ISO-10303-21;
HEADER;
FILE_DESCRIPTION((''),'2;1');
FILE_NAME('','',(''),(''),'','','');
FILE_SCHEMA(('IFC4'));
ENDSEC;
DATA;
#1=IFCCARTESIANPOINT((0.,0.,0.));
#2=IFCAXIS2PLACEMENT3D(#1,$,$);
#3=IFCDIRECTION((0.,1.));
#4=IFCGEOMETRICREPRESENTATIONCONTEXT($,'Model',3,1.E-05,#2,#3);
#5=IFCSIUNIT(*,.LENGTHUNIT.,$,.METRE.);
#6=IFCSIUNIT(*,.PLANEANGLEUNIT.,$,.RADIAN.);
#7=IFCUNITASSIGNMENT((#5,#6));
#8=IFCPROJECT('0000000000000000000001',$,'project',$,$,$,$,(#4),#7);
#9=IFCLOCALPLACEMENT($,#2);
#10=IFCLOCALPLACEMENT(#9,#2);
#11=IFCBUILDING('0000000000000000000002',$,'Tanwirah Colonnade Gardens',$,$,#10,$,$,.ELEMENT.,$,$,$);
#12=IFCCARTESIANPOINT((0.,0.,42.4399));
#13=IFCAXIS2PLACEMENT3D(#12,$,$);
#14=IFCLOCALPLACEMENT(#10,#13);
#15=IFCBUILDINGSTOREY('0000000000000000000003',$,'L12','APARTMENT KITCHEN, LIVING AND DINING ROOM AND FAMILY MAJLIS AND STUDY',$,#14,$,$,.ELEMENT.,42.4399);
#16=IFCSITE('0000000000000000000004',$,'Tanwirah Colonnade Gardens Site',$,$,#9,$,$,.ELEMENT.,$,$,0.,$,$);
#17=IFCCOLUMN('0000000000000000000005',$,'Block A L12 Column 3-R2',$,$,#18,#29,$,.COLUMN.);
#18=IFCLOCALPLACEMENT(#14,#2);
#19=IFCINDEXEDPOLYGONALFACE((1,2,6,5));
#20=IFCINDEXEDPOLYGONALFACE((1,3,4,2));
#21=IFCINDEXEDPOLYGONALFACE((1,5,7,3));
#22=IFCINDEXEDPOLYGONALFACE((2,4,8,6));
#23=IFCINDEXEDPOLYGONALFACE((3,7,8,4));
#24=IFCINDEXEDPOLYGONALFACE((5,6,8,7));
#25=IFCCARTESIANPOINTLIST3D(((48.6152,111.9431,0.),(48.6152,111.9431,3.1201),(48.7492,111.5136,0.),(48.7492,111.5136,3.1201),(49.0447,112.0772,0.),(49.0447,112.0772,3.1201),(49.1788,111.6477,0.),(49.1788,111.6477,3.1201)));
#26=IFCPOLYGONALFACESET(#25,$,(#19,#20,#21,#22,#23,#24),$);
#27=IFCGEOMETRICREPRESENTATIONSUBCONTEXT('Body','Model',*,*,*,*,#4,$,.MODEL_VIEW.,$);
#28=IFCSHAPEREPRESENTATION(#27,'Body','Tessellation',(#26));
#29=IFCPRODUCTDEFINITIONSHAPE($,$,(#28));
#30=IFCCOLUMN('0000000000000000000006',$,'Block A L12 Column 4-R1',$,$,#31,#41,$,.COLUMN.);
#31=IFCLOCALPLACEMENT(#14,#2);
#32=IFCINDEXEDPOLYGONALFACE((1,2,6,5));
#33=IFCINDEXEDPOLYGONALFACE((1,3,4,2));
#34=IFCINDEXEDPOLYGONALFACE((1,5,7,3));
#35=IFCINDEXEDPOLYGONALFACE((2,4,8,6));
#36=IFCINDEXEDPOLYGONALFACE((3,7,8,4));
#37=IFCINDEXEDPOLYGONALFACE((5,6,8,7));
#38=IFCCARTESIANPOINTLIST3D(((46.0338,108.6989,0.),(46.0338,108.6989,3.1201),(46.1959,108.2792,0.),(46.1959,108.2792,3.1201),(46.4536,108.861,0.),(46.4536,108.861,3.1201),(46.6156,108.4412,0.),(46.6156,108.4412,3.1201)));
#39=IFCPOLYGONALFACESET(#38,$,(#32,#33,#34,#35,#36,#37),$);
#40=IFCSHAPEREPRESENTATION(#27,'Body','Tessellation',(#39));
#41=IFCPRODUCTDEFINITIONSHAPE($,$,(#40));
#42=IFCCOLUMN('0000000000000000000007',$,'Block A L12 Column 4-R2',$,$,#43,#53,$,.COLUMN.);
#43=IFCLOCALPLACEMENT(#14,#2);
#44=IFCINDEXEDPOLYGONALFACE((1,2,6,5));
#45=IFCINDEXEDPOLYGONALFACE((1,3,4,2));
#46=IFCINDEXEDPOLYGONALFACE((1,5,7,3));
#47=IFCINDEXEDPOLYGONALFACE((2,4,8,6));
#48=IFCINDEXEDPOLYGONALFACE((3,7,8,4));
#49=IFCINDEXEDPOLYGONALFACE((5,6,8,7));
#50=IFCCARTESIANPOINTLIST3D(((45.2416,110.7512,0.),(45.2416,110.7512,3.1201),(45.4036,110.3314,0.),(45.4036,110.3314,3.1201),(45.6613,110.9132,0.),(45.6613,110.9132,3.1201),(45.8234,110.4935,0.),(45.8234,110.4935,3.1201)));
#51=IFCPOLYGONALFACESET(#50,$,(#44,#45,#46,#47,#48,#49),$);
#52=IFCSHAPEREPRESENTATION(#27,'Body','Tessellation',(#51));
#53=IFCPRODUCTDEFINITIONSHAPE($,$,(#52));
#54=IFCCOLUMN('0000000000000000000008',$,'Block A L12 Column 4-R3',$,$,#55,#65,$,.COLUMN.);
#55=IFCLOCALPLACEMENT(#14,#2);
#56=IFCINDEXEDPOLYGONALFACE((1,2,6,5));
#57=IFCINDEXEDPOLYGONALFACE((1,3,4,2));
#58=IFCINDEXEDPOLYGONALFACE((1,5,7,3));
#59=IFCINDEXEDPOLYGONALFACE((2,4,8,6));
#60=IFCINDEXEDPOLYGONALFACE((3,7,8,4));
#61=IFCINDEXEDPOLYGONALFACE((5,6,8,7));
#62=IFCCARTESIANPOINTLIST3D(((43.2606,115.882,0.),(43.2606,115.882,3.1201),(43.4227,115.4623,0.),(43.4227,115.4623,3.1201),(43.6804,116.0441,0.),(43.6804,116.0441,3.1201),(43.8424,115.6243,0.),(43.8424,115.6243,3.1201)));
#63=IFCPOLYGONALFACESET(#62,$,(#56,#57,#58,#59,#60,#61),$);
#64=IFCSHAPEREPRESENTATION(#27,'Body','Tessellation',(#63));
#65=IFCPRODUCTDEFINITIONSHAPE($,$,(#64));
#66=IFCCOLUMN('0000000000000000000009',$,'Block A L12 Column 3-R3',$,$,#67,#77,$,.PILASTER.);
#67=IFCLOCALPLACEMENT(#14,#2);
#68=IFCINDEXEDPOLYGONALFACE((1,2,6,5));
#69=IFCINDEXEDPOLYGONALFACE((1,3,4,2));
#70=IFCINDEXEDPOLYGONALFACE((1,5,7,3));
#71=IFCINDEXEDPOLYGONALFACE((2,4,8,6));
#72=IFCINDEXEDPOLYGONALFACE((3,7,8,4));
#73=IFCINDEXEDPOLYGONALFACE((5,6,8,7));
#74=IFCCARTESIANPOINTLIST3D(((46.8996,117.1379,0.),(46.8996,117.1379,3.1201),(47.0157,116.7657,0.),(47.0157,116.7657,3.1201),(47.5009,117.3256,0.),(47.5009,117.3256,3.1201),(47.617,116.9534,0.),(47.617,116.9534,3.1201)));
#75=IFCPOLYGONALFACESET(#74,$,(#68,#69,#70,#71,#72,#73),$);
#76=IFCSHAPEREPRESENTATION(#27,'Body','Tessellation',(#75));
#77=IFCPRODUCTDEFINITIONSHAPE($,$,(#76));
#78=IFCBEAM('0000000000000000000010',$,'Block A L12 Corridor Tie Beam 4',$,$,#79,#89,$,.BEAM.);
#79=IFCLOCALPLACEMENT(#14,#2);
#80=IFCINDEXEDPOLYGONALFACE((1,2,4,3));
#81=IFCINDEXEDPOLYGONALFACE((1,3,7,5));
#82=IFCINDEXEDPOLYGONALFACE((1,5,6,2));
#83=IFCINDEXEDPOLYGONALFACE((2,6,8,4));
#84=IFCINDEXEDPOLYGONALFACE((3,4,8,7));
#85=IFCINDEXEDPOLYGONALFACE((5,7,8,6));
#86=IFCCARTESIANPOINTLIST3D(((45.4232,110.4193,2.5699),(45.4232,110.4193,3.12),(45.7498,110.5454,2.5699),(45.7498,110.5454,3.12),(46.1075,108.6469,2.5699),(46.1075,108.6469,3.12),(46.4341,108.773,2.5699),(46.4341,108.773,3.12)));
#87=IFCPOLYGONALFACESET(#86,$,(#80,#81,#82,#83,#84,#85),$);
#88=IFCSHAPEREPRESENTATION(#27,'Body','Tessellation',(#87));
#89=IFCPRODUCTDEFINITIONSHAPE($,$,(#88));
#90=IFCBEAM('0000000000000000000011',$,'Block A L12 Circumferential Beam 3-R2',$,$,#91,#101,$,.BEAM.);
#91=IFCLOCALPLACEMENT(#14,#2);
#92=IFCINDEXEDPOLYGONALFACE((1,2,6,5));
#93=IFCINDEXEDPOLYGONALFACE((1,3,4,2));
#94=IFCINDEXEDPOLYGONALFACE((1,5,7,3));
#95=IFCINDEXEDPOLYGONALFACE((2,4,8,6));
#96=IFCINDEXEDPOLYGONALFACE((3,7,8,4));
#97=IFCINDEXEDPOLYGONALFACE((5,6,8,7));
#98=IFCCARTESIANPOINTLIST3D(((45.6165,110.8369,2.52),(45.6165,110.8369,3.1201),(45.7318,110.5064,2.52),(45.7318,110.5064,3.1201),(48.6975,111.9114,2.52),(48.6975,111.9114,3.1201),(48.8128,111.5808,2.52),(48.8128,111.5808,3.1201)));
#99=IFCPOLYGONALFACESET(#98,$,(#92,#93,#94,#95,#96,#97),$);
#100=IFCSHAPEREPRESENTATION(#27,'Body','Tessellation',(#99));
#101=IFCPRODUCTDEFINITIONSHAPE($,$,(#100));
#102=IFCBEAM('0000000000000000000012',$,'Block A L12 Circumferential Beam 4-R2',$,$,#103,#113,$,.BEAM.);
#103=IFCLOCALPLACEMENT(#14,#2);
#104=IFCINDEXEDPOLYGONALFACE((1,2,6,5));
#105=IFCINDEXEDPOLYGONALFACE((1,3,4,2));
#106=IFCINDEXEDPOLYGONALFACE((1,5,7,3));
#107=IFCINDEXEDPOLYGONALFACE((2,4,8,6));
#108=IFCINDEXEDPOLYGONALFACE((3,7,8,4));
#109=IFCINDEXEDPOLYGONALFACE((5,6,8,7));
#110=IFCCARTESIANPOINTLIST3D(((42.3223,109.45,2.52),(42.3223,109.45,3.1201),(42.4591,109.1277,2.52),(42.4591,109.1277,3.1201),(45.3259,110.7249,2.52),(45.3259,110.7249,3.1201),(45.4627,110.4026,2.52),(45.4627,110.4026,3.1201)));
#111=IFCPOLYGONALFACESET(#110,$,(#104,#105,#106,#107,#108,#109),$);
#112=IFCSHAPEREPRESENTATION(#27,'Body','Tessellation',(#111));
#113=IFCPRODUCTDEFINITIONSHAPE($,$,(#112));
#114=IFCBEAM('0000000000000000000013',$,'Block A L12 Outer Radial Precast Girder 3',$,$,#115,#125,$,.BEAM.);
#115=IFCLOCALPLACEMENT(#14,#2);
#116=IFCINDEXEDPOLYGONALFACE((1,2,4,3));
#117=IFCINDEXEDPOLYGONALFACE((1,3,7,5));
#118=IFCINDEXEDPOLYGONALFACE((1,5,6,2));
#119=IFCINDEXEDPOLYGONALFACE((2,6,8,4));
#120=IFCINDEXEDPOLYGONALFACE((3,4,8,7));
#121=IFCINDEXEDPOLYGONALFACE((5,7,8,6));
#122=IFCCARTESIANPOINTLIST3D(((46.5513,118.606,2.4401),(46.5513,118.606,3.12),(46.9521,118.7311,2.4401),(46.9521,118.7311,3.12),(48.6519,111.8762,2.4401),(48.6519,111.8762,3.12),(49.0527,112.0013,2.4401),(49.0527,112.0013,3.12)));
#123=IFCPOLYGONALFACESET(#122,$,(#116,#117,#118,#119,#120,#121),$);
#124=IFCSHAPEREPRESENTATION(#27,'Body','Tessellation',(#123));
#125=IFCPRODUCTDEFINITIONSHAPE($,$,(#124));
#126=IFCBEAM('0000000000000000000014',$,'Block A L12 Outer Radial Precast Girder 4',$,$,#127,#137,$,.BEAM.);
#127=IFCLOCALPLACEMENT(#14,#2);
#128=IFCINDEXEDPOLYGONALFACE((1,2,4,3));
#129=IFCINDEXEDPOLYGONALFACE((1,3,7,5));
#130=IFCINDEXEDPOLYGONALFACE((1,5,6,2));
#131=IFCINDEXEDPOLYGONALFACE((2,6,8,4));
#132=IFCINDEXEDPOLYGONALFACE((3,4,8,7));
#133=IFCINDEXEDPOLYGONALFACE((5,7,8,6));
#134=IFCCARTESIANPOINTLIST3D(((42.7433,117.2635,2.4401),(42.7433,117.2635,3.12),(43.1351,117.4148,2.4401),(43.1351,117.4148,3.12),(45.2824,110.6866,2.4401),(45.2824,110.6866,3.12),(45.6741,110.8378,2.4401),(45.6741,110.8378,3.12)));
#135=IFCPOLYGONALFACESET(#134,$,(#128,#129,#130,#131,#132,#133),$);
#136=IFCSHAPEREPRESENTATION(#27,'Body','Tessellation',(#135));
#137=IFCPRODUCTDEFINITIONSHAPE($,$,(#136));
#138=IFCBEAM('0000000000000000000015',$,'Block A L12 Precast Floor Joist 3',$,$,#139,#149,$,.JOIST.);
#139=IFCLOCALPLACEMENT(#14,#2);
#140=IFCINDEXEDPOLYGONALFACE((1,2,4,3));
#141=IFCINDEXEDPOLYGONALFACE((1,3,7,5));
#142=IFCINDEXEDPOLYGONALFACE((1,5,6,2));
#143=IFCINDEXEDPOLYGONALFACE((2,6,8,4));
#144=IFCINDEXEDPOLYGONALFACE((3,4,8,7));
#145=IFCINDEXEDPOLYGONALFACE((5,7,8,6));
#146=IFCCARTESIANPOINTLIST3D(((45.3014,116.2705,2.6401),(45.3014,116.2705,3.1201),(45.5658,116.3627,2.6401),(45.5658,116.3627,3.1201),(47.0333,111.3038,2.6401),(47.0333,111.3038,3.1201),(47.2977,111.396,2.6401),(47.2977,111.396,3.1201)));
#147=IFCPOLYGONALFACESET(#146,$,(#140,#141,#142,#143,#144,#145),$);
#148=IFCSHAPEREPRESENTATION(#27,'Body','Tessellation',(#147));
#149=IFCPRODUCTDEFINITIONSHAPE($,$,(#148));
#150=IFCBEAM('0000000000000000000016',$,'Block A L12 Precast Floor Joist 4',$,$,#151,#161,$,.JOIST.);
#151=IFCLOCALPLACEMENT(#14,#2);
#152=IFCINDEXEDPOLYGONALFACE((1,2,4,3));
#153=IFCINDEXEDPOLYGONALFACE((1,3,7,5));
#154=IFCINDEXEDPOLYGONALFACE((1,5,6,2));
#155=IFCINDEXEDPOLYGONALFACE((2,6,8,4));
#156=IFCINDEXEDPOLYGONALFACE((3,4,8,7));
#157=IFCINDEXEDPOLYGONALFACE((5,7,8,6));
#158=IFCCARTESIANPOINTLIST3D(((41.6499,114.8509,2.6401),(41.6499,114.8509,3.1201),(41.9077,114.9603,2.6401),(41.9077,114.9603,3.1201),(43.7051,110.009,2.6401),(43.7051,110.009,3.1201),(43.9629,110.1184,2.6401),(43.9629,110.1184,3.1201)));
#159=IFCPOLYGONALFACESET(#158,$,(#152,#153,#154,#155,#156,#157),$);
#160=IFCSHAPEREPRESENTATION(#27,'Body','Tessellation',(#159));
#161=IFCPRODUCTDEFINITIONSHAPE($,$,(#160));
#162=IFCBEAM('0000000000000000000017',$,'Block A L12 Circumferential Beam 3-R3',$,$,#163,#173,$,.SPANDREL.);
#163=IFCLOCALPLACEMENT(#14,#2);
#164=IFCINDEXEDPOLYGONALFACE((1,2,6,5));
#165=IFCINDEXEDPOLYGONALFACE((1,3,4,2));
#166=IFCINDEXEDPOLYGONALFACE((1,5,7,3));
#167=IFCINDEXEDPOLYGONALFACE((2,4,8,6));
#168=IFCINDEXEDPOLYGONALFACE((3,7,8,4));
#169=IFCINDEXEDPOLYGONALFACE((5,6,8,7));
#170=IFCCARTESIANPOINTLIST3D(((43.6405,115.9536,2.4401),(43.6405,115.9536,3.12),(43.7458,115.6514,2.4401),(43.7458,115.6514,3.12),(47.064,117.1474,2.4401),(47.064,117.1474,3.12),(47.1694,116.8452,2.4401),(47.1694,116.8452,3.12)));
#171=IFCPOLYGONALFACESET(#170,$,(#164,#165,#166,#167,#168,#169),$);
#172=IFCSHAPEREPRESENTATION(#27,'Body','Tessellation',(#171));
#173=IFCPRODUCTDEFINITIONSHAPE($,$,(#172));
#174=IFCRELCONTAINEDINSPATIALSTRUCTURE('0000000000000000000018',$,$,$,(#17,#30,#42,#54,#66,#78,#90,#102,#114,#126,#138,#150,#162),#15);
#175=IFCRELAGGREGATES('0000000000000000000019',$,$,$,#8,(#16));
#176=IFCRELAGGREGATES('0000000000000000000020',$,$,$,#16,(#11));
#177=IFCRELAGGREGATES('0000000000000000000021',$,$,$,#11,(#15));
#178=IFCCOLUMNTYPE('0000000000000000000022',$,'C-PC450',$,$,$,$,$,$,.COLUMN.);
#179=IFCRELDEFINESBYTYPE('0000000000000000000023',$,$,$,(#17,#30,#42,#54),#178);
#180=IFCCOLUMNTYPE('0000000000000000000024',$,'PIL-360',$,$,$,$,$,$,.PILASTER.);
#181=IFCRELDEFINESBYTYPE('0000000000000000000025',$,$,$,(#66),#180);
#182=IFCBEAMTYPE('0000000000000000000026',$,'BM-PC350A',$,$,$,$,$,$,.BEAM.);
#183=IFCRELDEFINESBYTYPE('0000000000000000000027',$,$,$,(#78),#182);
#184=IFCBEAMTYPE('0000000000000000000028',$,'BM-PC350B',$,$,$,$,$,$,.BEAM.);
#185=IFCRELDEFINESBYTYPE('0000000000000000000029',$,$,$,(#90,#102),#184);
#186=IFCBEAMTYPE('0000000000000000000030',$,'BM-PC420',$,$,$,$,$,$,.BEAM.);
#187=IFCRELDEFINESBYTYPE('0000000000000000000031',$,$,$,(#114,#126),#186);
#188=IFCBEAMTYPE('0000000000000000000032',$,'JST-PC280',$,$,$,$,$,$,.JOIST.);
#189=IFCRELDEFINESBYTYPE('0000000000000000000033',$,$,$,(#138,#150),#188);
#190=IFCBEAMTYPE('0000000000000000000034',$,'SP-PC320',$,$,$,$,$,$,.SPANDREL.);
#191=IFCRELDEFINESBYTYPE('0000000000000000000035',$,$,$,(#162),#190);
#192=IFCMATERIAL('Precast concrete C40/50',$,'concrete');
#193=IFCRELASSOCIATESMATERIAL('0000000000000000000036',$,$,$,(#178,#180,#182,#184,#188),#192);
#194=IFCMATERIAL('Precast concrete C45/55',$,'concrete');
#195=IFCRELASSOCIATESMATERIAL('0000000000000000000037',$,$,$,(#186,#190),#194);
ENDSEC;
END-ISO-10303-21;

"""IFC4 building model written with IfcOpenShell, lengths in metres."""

from ifc_helpers import new_model, si_unit, direction, frame, origin, origin_2d, place, context, subcontext, project, spatial, rectangle, extrude, material, material_profile, profile_set, type_object, element, save


model = new_model("IFC4")

# Units and contexts
model_context = context("Model", 3, precision=1e-05, world=origin(), true_north=direction((0.0, 1.0)))
body_context = subcontext(model_context, "Body", "Model", "MODEL_VIEW")
ifc_project = project(units=[si_unit("LENGTHUNIT", "METRE"), si_unit("PLANEANGLEUNIT", "RADIAN")], contexts=[model_context])

# Site, building, storey
site_placement = place(None, origin())
site = spatial("IfcSite", under=ifc_project, at=site_placement, Name="Tanwirah Colonnade Gardens Site", CompositionType="ELEMENT", RefElevation=0.0)
building_placement = place(site_placement, origin())
building = spatial("IfcBuilding", under=site, at=building_placement, Name="Tanwirah Colonnade Gardens", CompositionType="ELEMENT")
storey_placement = place(building_placement, frame((0.0, 0.0, 42.4399)))
storey = spatial("IfcBuildingStorey", under=building, at=storey_placement, Name="L12", Description="APARTMENT KITCHEN, LIVING AND DINING ROOM AND FAMILY MAJLIS AND STUDY", CompositionType="ELEMENT", Elevation=42.4399)

# Columns
ifc_material_1 = material(Name="Precast concrete C40/50", Category="concrete")
ifc_material_profile_1 = material_profile(ifc_material_1, rectangle(XDim=0.45, YDim=0.45, at=origin_2d()), Name="PC-COL 450x450")
ifc_profile_set_1 = profile_set([ifc_material_profile_1], Name="Precast concrete C40/50")
column_type_1 = type_object("IfcColumnType", Name="C-PC450", PredefinedType="COLUMN", material=ifc_profile_set_1)
for number, where, z_axis, x_axis, name in (
    (1, (48.897, 111.7954, 0.0), (0.0, 0.0, 1.0), (-0.29793, 0.954588, 0.0), "Block A L12 Column 3-R2"),
    (2, (46.3247, 108.5701, 0.0), (0.0, 0.0, 1.0), (-0.360178, 0.932884, 0.0), "Block A L12 Column 4-R1"),
    (3, (45.5325, 110.6223, 0.0), (0.0, 0.0, 1.0), (-0.360178, 0.932884, 0.0), "Block A L12 Column 4-R2"),
    (4, (43.5515, 115.7532, 0.0), (0.0, 0.0, 1.0), (-0.360178, 0.932884, 0.0), "Block A L12 Column 4-R3"),
):
    element("IfcColumn", number, at=place(storey_placement, frame(where, z_axis=z_axis, x_axis=x_axis)), inside=storey, type_object=column_type_1, Name=name, PredefinedType="COLUMN", context=body_context, shape_type="SweptSolid", body=[
        extrude(rectangle(XDim=0.45, YDim=0.45, at=origin_2d()), origin(), (0.0, 0.0, 1.0), 3.1201),
    ])
ifc_material_profile_2 = material_profile(ifc_material_1, rectangle(XDim=0.3899, YDim=0.6299, at=origin_2d()), Name="PC-PIL 390x630")
ifc_profile_set_2 = profile_set([ifc_material_profile_2], Name="Precast concrete C40/50")
column_type_2 = type_object("IfcColumnType", Name="PIL-360", PredefinedType="PILASTER", material=ifc_profile_set_2)
column_placement = place(storey_placement, frame((47.2583, 117.0457, 0.0), z_axis=(0.0, 0.0, 1.0), x_axis=(-0.29793, 0.954588, 0.0)))
element("IfcColumn", 5, at=column_placement, inside=storey, type_object=column_type_2, Name="Block A L12 Column 3-R3", PredefinedType="PILASTER", context=body_context, shape_type="SweptSolid", body=[
    extrude(rectangle(XDim=0.3899, YDim=0.6299, at=origin_2d()), origin(), (0.0, 0.0, 1.0), 3.1201),
])

# Beams
ifc_material_profile_3 = material_profile(ifc_material_1, rectangle(XDim=0.3501, YDim=0.55, at=origin_2d()), Name="PC-BM 350x550")
ifc_profile_set_3 = profile_set([ifc_material_profile_3], Name="Precast concrete C40/50")
beam_type_1 = type_object("IfcBeamType", Name="BM-PC350A", PredefinedType="BEAM", material=ifc_profile_set_3)
beam_1_placement = place(storey_placement, frame((46.2708, 108.71, 2.845), z_axis=(-0.360176, 0.932885, 0.0), x_axis=(-0.932885, -0.360176, 0.0)))
element("IfcBeam", 6, at=beam_1_placement, inside=storey, type_object=beam_type_1, Name="Block A L12 Corridor Tie Beam 4", PredefinedType="BEAM", context=body_context, shape_type="SweptSolid", body=[
    extrude(rectangle(XDim=0.3501, YDim=0.55, at=origin_2d()), origin(), (0.0, 0.0, 1.0), 1.8999),
])
ifc_material_profile_4 = material_profile(ifc_material_1, rectangle(XDim=0.3501, YDim=0.6001, at=origin_2d()), Name="PC-BM 350x600")
ifc_profile_set_4 = profile_set([ifc_material_profile_4], Name="Precast concrete C40/50")
beam_type_2 = type_object("IfcBeamType", Name="BM-PC350B", PredefinedType="BEAM", material=ifc_profile_set_4)
for number, where, z_axis, x_axis, name in (
    (7, (48.7551, 111.7461, 2.8201), (-0.944231, -0.329284, 0.0), (0.329284, -0.944231, 0.0), "Block A L12 Circumferential Beam 3-R2"),
    (8, (45.3943, 110.5637, 2.8201), (-0.920513, -0.390711, 0.0), (0.390711, -0.920513, 0.0), "Block A L12 Circumferential Beam 4-R2"),
):
    element("IfcBeam", number, at=place(storey_placement, frame(where, z_axis=z_axis, x_axis=x_axis)), inside=storey, type_object=beam_type_2, Name=name, PredefinedType="BEAM", context=body_context, shape_type="SweptSolid", body=[
        extrude(rectangle(XDim=0.3501, YDim=0.6001, at=origin_2d()), origin(), (0.0, 0.0, 1.0), 3.2629),
    ])
ifc_material_2 = material(Name="Precast concrete C45/55", Category="concrete")
ifc_material_profile_5 = material_profile(ifc_material_2, rectangle(XDim=0.4199, YDim=0.6799, at=origin_2d()), Name="PC-BM 420x680")
ifc_profile_set_5 = profile_set([ifc_material_profile_5], Name="Precast concrete C45/55")
beam_type_3 = type_object("IfcBeamType", Name="BM-PC420", PredefinedType="BEAM", material=ifc_profile_set_5)
for number, where, z_axis, x_axis, name in (
    (9, (48.8523, 111.9387, 2.78), (-0.297958, 0.954579, 0.0), (-0.954579, -0.297958, 0.0), "Block A L12 Outer Radial Precast Girder 3"),
    (10, (45.4783, 110.7622, 2.78), (-0.360151, 0.932894, 0.0), (-0.932894, -0.360151, 0.0), "Block A L12 Outer Radial Precast Girder 4"),
):
    element("IfcBeam", number, at=place(storey_placement, frame(where, z_axis=z_axis, x_axis=x_axis)), inside=storey, type_object=beam_type_3, Name=name, PredefinedType="BEAM", context=body_context, shape_type="SweptSolid", body=[
        extrude(rectangle(XDim=0.4199, YDim=0.6799, at=origin_2d()), origin(), (0.0, 0.0, 1.0), 7.05),
    ])
ifc_material_profile_6 = material_profile(ifc_material_1, rectangle(XDim=0.28, YDim=0.48, at=origin_2d()), Name="PC-JST 280x480")
ifc_profile_set_6 = profile_set([ifc_material_profile_6], Name="Precast concrete C40/50")
beam_type_4 = type_object("IfcBeamType", Name="JST-PC280", PredefinedType="JOIST", material=ifc_profile_set_6)
for number, where, z_axis, x_axis, name in (
    (11, (47.1655, 111.3499, 2.8801), (-0.329259, 0.94424, 0.0), (-0.94424, -0.329259, 0.0), "Block A L12 Precast Floor Joist 3"),
    (12, (43.834, 110.0637, 2.8801), (-0.390724, 0.920508, 0.0), (-0.920508, -0.390724, 0.0), "Block A L12 Precast Floor Joist 4"),
):
    element("IfcBeam", number, at=place(storey_placement, frame(where, z_axis=z_axis, x_axis=x_axis)), inside=storey, type_object=beam_type_4, Name=name, PredefinedType="JOIST", context=body_context, shape_type="SweptSolid", body=[
        extrude(rectangle(XDim=0.28, YDim=0.48, at=origin_2d()), origin(), (0.0, 0.0, 1.0), 5.26),
    ])
ifc_material_profile_7 = material_profile(ifc_material_2, rectangle(XDim=0.3201, YDim=0.6799, at=origin_2d()), Name="PC-SP 320x680")
ifc_profile_set_7 = profile_set([ifc_material_profile_7], Name="Precast concrete C45/55")
beam_type_5 = type_object("IfcBeamType", Name="SP-PC320", PredefinedType="SPANDREL", material=ifc_profile_set_7)
beam_2_placement = place(storey_placement, frame((47.1167, 116.9963, 2.78), z_axis=(-0.944237, -0.329267, 0.0), x_axis=(0.329267, -0.944237, 0.0)))
element("IfcBeam", 13, at=beam_2_placement, inside=storey, type_object=beam_type_5, Name="Block A L12 Circumferential Beam 3-R3", PredefinedType="SPANDREL", context=body_context, shape_type="SweptSolid", body=[
    extrude(rectangle(XDim=0.3201, YDim=0.6799, at=origin_2d()), origin(), (0.0, 0.0, 1.0), 3.6257),
])

save(model, "model.ifc")
